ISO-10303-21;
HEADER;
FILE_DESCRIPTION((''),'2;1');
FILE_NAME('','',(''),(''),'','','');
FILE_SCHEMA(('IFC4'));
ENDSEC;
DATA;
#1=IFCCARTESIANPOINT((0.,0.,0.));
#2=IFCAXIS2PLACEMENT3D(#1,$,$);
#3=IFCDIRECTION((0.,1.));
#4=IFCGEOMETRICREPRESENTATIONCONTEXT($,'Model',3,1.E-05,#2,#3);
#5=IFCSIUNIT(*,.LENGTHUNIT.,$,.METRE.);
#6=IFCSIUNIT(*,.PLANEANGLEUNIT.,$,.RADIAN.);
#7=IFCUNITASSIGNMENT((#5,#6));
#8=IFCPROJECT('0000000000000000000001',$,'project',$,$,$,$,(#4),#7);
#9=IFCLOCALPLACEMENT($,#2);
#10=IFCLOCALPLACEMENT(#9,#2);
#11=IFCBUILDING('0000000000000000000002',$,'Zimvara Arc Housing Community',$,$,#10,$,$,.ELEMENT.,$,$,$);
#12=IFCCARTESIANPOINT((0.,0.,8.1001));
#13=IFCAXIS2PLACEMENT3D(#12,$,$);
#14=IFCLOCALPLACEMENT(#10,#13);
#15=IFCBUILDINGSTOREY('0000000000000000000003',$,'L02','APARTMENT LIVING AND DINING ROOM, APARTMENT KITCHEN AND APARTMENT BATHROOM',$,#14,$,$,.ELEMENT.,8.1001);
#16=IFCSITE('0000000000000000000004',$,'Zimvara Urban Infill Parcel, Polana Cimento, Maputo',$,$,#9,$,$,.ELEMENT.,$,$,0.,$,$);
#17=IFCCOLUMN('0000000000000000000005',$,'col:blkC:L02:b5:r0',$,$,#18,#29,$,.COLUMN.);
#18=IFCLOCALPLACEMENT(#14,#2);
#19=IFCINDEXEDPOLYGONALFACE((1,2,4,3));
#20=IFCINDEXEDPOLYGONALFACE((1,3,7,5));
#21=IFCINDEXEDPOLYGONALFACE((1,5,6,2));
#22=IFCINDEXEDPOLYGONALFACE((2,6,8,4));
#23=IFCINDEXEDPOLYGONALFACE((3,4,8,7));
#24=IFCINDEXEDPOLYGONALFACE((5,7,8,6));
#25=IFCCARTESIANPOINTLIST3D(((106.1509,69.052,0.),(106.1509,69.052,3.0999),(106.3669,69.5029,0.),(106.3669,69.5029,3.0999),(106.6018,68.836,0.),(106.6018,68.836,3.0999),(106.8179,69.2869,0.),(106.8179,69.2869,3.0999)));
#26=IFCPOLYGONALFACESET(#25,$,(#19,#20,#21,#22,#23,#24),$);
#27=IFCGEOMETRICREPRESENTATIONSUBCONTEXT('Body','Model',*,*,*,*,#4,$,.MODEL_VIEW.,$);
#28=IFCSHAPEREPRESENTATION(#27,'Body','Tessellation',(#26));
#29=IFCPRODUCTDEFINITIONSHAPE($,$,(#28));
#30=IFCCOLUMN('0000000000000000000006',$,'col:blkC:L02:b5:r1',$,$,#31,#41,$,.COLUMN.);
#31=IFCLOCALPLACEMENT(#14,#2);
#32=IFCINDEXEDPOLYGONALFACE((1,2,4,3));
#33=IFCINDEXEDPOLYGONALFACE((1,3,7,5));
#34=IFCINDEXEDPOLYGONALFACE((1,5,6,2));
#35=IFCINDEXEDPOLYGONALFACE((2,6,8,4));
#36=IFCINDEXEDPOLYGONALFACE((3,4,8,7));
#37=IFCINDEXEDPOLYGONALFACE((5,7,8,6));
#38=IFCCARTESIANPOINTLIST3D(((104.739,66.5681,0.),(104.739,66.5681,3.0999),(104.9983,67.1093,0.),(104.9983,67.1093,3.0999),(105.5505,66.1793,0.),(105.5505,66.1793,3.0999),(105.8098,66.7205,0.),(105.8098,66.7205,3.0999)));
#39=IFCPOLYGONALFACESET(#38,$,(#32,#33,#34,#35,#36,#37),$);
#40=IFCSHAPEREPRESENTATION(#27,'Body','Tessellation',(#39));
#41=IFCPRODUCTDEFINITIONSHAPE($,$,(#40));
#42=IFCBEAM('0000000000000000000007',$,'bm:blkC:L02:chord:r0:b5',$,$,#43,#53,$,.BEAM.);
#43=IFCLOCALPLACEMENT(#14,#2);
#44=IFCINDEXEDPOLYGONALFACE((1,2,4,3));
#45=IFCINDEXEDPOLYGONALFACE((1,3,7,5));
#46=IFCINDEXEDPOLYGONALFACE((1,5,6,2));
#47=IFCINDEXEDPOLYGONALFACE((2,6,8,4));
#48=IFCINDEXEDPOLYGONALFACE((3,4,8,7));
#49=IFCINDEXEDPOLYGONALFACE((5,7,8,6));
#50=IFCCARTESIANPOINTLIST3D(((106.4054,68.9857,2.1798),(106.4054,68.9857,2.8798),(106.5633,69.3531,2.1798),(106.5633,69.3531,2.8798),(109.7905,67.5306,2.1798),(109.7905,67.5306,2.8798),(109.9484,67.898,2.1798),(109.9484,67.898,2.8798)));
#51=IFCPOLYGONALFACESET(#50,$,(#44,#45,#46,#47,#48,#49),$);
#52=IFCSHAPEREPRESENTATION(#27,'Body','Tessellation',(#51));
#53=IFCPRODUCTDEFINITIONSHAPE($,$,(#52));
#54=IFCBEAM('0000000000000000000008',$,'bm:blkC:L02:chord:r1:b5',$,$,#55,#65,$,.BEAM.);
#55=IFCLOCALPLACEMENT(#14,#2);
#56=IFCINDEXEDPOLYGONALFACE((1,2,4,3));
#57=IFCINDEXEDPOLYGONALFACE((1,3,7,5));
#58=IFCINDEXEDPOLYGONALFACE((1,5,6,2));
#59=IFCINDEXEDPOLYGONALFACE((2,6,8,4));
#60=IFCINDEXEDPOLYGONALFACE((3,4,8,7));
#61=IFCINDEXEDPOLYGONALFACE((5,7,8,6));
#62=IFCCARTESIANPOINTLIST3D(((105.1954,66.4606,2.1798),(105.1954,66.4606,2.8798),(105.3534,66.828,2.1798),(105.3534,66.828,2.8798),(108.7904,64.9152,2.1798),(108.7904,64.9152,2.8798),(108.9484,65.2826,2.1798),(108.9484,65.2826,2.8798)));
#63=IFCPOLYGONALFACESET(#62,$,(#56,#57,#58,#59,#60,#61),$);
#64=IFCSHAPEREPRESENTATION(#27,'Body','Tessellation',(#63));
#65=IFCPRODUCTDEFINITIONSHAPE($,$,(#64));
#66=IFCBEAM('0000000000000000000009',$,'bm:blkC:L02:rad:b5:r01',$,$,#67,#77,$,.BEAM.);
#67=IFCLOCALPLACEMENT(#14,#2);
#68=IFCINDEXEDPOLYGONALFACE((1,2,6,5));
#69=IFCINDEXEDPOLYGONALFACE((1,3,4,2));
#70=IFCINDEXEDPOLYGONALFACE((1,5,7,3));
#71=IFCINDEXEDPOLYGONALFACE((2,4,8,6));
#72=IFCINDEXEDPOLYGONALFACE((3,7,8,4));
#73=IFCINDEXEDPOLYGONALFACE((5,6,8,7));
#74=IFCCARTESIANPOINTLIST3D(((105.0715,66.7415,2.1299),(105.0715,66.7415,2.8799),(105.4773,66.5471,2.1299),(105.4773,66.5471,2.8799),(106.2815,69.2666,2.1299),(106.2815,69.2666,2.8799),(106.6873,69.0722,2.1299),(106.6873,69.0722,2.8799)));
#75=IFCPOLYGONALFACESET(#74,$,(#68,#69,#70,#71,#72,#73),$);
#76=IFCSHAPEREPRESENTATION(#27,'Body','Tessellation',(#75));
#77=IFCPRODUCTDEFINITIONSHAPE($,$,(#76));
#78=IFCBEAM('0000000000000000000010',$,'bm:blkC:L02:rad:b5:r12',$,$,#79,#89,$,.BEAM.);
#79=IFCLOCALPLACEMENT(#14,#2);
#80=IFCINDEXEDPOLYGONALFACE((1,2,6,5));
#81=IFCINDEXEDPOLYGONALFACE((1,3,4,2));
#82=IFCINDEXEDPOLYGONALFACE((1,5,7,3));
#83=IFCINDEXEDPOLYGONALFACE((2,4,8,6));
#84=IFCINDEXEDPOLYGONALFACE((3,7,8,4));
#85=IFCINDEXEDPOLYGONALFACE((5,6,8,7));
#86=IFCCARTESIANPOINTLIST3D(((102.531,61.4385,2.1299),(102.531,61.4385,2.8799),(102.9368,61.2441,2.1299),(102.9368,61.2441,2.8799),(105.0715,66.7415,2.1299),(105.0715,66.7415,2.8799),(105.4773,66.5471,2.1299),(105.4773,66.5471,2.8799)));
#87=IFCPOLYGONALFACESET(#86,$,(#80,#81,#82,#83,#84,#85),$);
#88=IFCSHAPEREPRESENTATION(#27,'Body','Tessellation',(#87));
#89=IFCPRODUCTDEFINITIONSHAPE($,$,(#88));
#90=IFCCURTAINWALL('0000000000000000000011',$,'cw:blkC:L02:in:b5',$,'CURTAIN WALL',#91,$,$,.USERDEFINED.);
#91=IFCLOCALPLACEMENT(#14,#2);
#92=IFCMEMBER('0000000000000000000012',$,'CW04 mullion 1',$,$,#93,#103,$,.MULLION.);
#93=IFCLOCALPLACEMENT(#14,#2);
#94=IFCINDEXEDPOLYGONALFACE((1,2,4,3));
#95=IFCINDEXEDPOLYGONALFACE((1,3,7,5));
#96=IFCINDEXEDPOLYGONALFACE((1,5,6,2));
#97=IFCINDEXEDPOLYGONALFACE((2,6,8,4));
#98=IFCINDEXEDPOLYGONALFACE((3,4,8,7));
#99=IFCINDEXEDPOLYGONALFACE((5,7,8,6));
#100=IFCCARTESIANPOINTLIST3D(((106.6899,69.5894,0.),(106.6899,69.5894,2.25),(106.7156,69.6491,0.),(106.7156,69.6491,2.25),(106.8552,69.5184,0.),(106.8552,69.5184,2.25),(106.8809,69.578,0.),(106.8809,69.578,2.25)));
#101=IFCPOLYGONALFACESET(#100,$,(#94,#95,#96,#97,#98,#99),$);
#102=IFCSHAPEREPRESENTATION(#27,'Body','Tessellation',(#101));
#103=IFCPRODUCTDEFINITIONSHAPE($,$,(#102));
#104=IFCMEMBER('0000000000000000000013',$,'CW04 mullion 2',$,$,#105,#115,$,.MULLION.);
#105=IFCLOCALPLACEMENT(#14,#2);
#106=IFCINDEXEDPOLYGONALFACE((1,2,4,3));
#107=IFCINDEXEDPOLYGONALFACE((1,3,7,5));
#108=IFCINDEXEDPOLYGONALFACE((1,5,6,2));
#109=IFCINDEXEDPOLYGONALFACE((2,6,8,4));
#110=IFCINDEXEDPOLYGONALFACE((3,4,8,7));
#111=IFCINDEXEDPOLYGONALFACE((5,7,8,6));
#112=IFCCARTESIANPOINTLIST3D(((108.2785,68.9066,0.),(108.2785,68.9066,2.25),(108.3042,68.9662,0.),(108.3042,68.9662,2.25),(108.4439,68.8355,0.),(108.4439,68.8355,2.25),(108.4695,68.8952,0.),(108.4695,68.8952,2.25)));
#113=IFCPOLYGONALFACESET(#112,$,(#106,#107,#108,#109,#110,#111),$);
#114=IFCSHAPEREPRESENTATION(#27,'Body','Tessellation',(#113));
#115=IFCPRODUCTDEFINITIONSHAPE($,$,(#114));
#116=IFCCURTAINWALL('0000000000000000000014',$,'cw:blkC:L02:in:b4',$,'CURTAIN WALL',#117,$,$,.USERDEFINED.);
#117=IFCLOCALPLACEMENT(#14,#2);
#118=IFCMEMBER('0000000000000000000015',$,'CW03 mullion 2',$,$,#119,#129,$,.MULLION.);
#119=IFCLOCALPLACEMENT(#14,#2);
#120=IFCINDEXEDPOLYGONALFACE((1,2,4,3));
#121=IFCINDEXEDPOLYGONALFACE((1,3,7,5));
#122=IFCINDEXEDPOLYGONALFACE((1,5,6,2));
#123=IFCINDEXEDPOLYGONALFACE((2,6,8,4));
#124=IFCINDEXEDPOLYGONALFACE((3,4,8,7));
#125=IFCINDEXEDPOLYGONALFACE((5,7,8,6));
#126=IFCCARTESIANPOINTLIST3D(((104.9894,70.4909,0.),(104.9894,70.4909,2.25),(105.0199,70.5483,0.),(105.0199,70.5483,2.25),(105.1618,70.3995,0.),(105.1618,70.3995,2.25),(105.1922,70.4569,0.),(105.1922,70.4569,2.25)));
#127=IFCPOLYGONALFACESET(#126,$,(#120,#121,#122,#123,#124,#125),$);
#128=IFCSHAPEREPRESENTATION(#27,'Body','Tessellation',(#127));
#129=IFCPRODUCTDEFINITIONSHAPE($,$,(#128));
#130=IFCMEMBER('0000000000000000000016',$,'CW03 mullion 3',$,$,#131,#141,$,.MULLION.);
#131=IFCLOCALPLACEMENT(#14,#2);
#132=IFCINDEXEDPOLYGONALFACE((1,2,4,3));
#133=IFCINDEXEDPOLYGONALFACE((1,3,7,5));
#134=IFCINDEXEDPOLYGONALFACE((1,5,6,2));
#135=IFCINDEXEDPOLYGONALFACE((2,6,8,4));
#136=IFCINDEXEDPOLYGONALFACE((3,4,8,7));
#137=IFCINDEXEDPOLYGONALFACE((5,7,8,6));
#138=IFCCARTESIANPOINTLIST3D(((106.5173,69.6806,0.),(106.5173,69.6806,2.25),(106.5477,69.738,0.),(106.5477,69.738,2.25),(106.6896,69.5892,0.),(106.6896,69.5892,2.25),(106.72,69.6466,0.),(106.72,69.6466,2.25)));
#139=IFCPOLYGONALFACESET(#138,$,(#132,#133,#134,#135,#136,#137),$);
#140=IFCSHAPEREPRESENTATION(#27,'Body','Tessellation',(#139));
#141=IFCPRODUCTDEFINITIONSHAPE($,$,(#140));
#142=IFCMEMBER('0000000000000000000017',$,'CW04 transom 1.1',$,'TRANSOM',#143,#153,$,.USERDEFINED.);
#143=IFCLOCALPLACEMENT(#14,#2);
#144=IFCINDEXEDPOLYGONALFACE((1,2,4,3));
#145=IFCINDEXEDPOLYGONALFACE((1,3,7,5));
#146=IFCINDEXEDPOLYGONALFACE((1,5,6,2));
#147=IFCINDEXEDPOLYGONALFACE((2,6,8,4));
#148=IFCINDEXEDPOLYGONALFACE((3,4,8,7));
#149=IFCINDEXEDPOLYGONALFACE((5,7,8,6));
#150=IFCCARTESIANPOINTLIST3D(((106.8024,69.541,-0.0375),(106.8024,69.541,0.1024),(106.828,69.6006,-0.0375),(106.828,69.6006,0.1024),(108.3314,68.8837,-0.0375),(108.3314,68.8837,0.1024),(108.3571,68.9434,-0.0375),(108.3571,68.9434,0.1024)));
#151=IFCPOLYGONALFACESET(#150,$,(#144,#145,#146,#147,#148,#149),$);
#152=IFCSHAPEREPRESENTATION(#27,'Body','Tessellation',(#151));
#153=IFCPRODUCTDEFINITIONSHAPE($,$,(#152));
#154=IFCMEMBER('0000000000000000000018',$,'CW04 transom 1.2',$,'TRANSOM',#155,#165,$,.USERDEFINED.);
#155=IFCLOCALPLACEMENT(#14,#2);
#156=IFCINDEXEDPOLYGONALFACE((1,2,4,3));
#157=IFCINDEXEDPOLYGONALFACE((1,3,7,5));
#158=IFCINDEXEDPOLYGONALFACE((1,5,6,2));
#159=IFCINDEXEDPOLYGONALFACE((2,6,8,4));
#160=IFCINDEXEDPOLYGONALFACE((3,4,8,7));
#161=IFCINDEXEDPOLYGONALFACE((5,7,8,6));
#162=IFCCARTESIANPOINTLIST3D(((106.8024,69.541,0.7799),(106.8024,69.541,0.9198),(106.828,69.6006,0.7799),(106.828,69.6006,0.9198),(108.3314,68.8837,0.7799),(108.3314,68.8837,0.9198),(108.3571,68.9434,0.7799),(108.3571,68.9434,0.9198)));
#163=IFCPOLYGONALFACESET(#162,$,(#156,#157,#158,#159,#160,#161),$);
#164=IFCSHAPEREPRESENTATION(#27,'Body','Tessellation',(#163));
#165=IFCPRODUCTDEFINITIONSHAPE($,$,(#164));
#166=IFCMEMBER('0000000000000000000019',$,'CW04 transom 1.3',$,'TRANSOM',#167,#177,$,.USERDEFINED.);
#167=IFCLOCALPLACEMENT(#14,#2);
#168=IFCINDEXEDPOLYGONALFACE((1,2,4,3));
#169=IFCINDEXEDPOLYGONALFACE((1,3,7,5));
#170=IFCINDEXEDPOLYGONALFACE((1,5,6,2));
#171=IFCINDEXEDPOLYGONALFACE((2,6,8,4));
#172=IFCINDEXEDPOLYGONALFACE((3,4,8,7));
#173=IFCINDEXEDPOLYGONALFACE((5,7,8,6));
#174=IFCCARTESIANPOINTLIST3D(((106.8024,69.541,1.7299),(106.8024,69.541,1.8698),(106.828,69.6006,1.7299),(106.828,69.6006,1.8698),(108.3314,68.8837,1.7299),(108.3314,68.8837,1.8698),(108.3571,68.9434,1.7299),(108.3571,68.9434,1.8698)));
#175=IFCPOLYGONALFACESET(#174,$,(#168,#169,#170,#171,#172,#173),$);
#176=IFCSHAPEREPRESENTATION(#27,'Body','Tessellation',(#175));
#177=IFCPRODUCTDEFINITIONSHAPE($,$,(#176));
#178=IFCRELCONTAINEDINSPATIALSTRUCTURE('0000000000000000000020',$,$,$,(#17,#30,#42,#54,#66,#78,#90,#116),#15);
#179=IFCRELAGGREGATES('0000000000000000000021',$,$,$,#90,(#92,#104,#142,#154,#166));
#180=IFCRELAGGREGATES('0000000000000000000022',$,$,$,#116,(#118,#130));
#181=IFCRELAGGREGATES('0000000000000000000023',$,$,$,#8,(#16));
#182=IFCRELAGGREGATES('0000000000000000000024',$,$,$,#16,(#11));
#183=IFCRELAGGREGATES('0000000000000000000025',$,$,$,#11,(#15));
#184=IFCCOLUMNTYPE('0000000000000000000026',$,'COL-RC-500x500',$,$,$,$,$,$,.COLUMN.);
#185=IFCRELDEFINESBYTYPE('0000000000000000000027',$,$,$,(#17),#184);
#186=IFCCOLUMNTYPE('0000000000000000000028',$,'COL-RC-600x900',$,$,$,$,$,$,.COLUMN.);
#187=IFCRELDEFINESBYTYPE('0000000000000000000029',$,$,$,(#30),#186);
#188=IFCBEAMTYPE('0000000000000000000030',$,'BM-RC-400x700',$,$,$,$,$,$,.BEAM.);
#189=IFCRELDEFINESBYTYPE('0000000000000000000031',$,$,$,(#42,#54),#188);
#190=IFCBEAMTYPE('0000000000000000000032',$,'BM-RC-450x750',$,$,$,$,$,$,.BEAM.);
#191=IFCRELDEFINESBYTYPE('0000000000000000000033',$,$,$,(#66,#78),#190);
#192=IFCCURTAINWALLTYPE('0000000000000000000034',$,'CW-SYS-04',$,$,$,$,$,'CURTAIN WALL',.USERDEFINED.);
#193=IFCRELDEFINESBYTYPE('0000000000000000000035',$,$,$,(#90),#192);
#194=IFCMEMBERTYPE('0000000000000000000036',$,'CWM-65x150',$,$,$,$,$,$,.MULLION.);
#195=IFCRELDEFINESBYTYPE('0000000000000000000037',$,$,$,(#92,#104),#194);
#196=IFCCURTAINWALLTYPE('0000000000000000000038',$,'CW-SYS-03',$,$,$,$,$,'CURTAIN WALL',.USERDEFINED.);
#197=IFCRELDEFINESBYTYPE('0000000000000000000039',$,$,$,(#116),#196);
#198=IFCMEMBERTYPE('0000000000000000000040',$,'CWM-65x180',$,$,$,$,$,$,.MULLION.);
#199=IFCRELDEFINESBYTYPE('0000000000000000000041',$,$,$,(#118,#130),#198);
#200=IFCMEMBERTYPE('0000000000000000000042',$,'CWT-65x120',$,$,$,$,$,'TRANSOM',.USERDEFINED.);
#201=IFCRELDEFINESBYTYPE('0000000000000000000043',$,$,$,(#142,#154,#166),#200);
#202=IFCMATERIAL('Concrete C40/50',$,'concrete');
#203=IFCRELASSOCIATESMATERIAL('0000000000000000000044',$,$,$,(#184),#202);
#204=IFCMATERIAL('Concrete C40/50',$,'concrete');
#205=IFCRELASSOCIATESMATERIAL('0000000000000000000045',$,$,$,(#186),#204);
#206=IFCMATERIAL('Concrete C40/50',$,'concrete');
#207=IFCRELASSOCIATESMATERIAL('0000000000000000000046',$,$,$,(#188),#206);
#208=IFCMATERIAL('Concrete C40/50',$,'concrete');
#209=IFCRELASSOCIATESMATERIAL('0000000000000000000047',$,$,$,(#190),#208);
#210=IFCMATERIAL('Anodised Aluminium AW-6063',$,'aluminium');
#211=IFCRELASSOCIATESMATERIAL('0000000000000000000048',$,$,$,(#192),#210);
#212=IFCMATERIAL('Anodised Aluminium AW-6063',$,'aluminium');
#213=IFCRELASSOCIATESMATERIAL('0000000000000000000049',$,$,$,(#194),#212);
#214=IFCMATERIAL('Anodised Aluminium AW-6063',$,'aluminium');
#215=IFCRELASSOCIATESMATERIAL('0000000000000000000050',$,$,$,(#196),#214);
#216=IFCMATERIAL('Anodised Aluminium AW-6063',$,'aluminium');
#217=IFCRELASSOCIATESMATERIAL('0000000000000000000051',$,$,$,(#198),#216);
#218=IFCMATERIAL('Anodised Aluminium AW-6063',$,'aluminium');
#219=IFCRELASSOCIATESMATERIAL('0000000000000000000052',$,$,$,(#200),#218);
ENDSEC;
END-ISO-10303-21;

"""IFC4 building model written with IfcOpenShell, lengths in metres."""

from ifc_helpers import new_model, si_unit, direction, frame, origin, origin_2d, place, context, subcontext, project, spatial, rectangle, extrude, material, material_profile, profile_set, type_object, element, aggregate, save


model = new_model("IFC4")

# Units and contexts
model_context = context("Model", 3, precision=1e-05, world=origin(), true_north=direction((0.0, 1.0)))
body_context = subcontext(model_context, "Body", "Model", "MODEL_VIEW")
ifc_project = project(units=[si_unit("LENGTHUNIT", "METRE"), si_unit("PLANEANGLEUNIT", "RADIAN")], contexts=[model_context])

# Site, building, storey
site_placement = place(None, origin())
site = spatial("IfcSite", under=ifc_project, at=site_placement, Name="Zimvara Urban Infill Parcel, Polana Cimento, Maputo", CompositionType="ELEMENT", RefElevation=0.0)
building_placement = place(site_placement, origin())
building = spatial("IfcBuilding", under=site, at=building_placement, Name="Zimvara Arc Housing Community", CompositionType="ELEMENT")
storey_placement = place(building_placement, frame((0.0, 0.0, 8.1001)))
storey = spatial("IfcBuildingStorey", under=building, at=storey_placement, Name="L02", Description="APARTMENT LIVING AND DINING ROOM, APARTMENT KITCHEN AND APARTMENT BATHROOM", CompositionType="ELEMENT", Elevation=8.1001)

# Columns
ifc_material_1 = material(Name="Concrete C40/50", Category="concrete")
ifc_material_profile_1 = material_profile(ifc_material_1, rectangle(XDim=0.5, YDim=0.5, at=origin_2d()), Name="RC 500x500")
ifc_profile_set_1 = profile_set([ifc_material_profile_1], Name="Concrete C40/50")
column_type_1 = type_object("IfcColumnType", Name="COL-RC-500x500", PredefinedType="COLUMN", material=ifc_profile_set_1)
column_1_placement = place(storey_placement, frame((106.4844, 69.1694, 0.0), z_axis=(0.0, 0.0, 1.0), x_axis=(-0.432086, -0.901833, 0.0)))
element("IfcColumn", 1, at=column_1_placement, inside=storey, type_object=column_type_1, Name="col:blkC:L02:b5:r0", PredefinedType="COLUMN", context=body_context, shape_type="SweptSolid", body=[
    extrude(rectangle(XDim=0.5, YDim=0.5, at=origin_2d()), origin(), (0.0, 0.0, 1.0), 3.0999),
])
ifc_material_2 = material(Name="Concrete C40/50", Category="concrete")
ifc_material_profile_2 = material_profile(ifc_material_2, rectangle(XDim=0.6001, YDim=0.8999, at=origin_2d()), Name="RC 600x900")
ifc_profile_set_2 = profile_set([ifc_material_profile_2], Name="Concrete C40/50")
column_type_2 = type_object("IfcColumnType", Name="COL-RC-600x900", PredefinedType="COLUMN", material=ifc_profile_set_2)
column_2_placement = place(storey_placement, frame((105.2744, 66.6443, 0.0), z_axis=(0.0, 0.0, 1.0), x_axis=(-0.432086, -0.901833, 0.0)))
element("IfcColumn", 2, at=column_2_placement, inside=storey, type_object=column_type_2, Name="col:blkC:L02:b5:r1", PredefinedType="COLUMN", context=body_context, shape_type="SweptSolid", body=[
    extrude(rectangle(XDim=0.6001, YDim=0.8999, at=origin_2d()), origin(), (0.0, 0.0, 1.0), 3.0999),
])

# Beams
ifc_material_3 = material(Name="Concrete C40/50", Category="concrete")
ifc_material_profile_3 = material_profile(ifc_material_3, rectangle(XDim=0.3999, YDim=0.7, at=origin_2d()), Name="RC 400x700")
ifc_profile_set_3 = profile_set([ifc_material_profile_3], Name="Concrete C40/50")
beam_type_1 = type_object("IfcBeamType", Name="BM-RC-400x700", PredefinedType="BEAM", material=ifc_profile_set_3)
beam_1_placement = place(storey_placement, frame((106.4844, 69.1694, 2.5298), z_axis=(0.918716, -0.394919, 0.0), x_axis=(0.394919, 0.918716, 0.0)))
element("IfcBeam", 3, at=beam_1_placement, inside=storey, type_object=beam_type_1, Name="bm:blkC:L02:chord:r0:b5", PredefinedType="BEAM", context=body_context, shape_type="SweptSolid", body=[
    extrude(rectangle(XDim=0.3999, YDim=0.7, at=origin_2d()), origin(), (0.0, 0.0, 1.0), 3.6846),
])
beam_2_placement = place(storey_placement, frame((105.2744, 66.6443, 2.5298), z_axis=(0.918709, -0.394936, 0.0), x_axis=(0.394936, 0.918709, 0.0)))
element("IfcBeam", 4, at=beam_2_placement, inside=storey, type_object=beam_type_1, Name="bm:blkC:L02:chord:r1:b5", PredefinedType="BEAM", context=body_context, shape_type="SweptSolid", body=[
    extrude(rectangle(XDim=0.3999, YDim=0.7, at=origin_2d()), origin(), (0.0, 0.0, 1.0), 3.9131),
])
ifc_material_4 = material(Name="Concrete C40/50", Category="concrete")
ifc_material_profile_4 = material_profile(ifc_material_4, rectangle(XDim=0.45, YDim=0.75, at=origin_2d()), Name="RC 450x750")
ifc_profile_set_4 = profile_set([ifc_material_profile_4], Name="Concrete C40/50")
beam_type_2 = type_object("IfcBeamType", Name="BM-RC-450x750", PredefinedType="BEAM", material=ifc_profile_set_4)
beam_3_placement = place(storey_placement, frame((106.4844, 69.1694, 2.5049), z_axis=(-0.432119, -0.901817, 0.0), x_axis=(0.901817, -0.432119, 0.0)))
element("IfcBeam", 5, at=beam_3_placement, inside=storey, type_object=beam_type_2, Name="bm:blkC:L02:rad:b5:r01", PredefinedType="BEAM", context=body_context, shape_type="SweptSolid", body=[
    extrude(rectangle(XDim=0.45, YDim=0.75, at=origin_2d()), origin(), (0.0, 0.0, 1.0), 2.8),
])
beam_4_placement = place(storey_placement, frame((105.2744, 66.6443, 2.5049), z_axis=(-0.432053, -0.901848, 0.0), x_axis=(0.901848, -0.432053, 0.0)))
element("IfcBeam", 6, at=beam_4_placement, inside=storey, type_object=beam_type_2, Name="bm:blkC:L02:rad:b5:r12", PredefinedType="BEAM", context=body_context, shape_type="SweptSolid", body=[
    extrude(rectangle(XDim=0.45, YDim=0.75, at=origin_2d()), origin(), (0.0, 0.0, 1.0), 5.8801),
])

# Curtain walls, members
ifc_material_5 = material(Name="Anodised Aluminium AW-6063", Category="aluminium")
curtain_wall_type_1 = type_object("IfcCurtainWallType", Name="CW-SYS-04", ElementType="CURTAIN WALL", PredefinedType="USERDEFINED", material=ifc_material_5)
curtain_wall_1_placement = place(storey_placement, origin())
curtain_wall_1 = element("IfcCurtainWall", 7, at=curtain_wall_1_placement, inside=storey, type_object=curtain_wall_type_1, Name="cw:blkC:L02:in:b5", ObjectType="CURTAIN WALL", PredefinedType="USERDEFINED")
ifc_material_6 = material(Name="Anodised Aluminium AW-6063", Category="aluminium")
ifc_material_profile_5 = material_profile(ifc_material_6, rectangle(XDim=0.0649, YDim=0.1799, at=origin_2d()), Name="ALU 65x180")
ifc_profile_set_5 = profile_set([ifc_material_profile_5], Name="Anodised Aluminium AW-6063")
member_type_1 = type_object("IfcMemberType", Name="CWM-65x150", PredefinedType="MULLION", material=ifc_profile_set_5)
member_1_placement = place(storey_placement, frame((106.7854, 69.5837, 0.0), z_axis=(0.0, 0.0, 1.0), x_axis=(0.394904, 0.918722, 0.0)))
member_1 = element("IfcMember", 8, at=member_1_placement, type_object=member_type_1, Name="CW04 mullion 1", PredefinedType="MULLION", context=body_context, shape_type="SweptSolid", body=[
    extrude(rectangle(XDim=0.0649, YDim=0.1799, at=origin_2d()), origin(), (0.0, 0.0, 1.0), 2.25),
])
member_2_placement = place(storey_placement, frame((108.374, 68.9009, 0.0), z_axis=(0.0, 0.0, 1.0), x_axis=(0.394904, 0.918722, 0.0)))
member_2 = element("IfcMember", 9, at=member_2_placement, type_object=member_type_1, Name="CW04 mullion 2", PredefinedType="MULLION", context=body_context, shape_type="SweptSolid", body=[
    extrude(rectangle(XDim=0.0649, YDim=0.1799, at=origin_2d()), origin(), (0.0, 0.0, 1.0), 2.25),
])
ifc_material_7 = material(Name="Anodised Aluminium AW-6063", Category="aluminium")
curtain_wall_type_2 = type_object("IfcCurtainWallType", Name="CW-SYS-03", ElementType="CURTAIN WALL", PredefinedType="USERDEFINED", material=ifc_material_7)
curtain_wall_2_placement = place(storey_placement, origin())
curtain_wall_2 = element("IfcCurtainWall", 10, at=curtain_wall_2_placement, inside=storey, type_object=curtain_wall_type_2, Name="cw:blkC:L02:in:b4", ObjectType="CURTAIN WALL", PredefinedType="USERDEFINED")
ifc_material_8 = material(Name="Anodised Aluminium AW-6063", Category="aluminium")
ifc_material_profile_6 = material_profile(ifc_material_8, rectangle(XDim=0.0649, YDim=0.1951, at=origin_2d()), Name="ALU 65x195")
ifc_profile_set_6 = profile_set([ifc_material_profile_6], Name="Anodised Aluminium AW-6063")
member_type_2 = type_object("IfcMemberType", Name="CWM-65x180", PredefinedType="MULLION", material=ifc_profile_set_6)
member_3_placement = place(storey_placement, frame((105.0908, 70.4739, 0.0), z_axis=(0.0, 0.0, 1.0), x_axis=(0.468545, 0.88344, 0.0)))
member_3 = element("IfcMember", 11, at=member_3_placement, type_object=member_type_2, Name="CW03 mullion 2", PredefinedType="MULLION", context=body_context, shape_type="SweptSolid", body=[
    extrude(rectangle(XDim=0.0649, YDim=0.1951, at=origin_2d()), origin(), (0.0, 0.0, 1.0), 2.25),
])
member_4_placement = place(storey_placement, frame((106.6187, 69.6636, 0.0), z_axis=(0.0, 0.0, 1.0), x_axis=(0.468545, 0.88344, 0.0)))
member_4 = element("IfcMember", 12, at=member_4_placement, type_object=member_type_2, Name="CW03 mullion 3", PredefinedType="MULLION", context=body_context, shape_type="SweptSolid", body=[
    extrude(rectangle(XDim=0.0649, YDim=0.1951, at=origin_2d()), origin(), (0.0, 0.0, 1.0), 2.25),
])

# Members
ifc_material_9 = material(Name="Anodised Aluminium AW-6063", Category="aluminium")
ifc_material_profile_7 = material_profile(ifc_material_9, rectangle(XDim=0.0649, YDim=0.1399, at=origin_2d()), Name="ALU 65x140")
ifc_profile_set_7 = profile_set([ifc_material_profile_7], Name="Anodised Aluminium AW-6063")
member_type_3 = type_object("IfcMemberType", Name="CWT-65x120", ElementType="TRANSOM", PredefinedType="USERDEFINED", material=ifc_profile_set_7)
member_5_placement = place(storey_placement, frame((106.8152, 69.5708, 0.0325), z_axis=(0.918727, -0.394893, 0.0), x_axis=(0.394893, 0.918727, 0.0)))
member_5 = element("IfcMember", 13, at=member_5_placement, type_object=member_type_3, Name="CW04 transom 1.1", ObjectType="TRANSOM", PredefinedType="USERDEFINED", context=body_context, shape_type="SweptSolid", body=[
    extrude(rectangle(XDim=0.0649, YDim=0.1399, at=origin_2d()), origin(), (0.0, 0.0, 1.0), 1.6643),
])
member_6_placement = place(storey_placement, frame((106.8152, 69.5708, 0.8499), z_axis=(0.918727, -0.394893, 0.0), x_axis=(0.394893, 0.918727, 0.0)))
member_6 = element("IfcMember", 14, at=member_6_placement, type_object=member_type_3, Name="CW04 transom 1.2", ObjectType="TRANSOM", PredefinedType="USERDEFINED", context=body_context, shape_type="SweptSolid", body=[
    extrude(rectangle(XDim=0.0649, YDim=0.1399, at=origin_2d()), origin(), (0.0, 0.0, 1.0), 1.6643),
])
member_7_placement = place(storey_placement, frame((106.8152, 69.5708, 1.7998), z_axis=(0.918727, -0.394893, 0.0), x_axis=(0.394893, 0.918727, 0.0)))
member_7 = element("IfcMember", 15, at=member_7_placement, type_object=member_type_3, Name="CW04 transom 1.3", ObjectType="TRANSOM", PredefinedType="USERDEFINED", context=body_context, shape_type="SweptSolid", body=[
    extrude(rectangle(XDim=0.0649, YDim=0.1399, at=origin_2d()), origin(), (0.0, 0.0, 1.0), 1.6643),
])

aggregate(curtain_wall_1, [member_1, member_2, member_5, member_6, member_7])
aggregate(curtain_wall_2, [member_3, member_4])

save(model, "model.ifc")
